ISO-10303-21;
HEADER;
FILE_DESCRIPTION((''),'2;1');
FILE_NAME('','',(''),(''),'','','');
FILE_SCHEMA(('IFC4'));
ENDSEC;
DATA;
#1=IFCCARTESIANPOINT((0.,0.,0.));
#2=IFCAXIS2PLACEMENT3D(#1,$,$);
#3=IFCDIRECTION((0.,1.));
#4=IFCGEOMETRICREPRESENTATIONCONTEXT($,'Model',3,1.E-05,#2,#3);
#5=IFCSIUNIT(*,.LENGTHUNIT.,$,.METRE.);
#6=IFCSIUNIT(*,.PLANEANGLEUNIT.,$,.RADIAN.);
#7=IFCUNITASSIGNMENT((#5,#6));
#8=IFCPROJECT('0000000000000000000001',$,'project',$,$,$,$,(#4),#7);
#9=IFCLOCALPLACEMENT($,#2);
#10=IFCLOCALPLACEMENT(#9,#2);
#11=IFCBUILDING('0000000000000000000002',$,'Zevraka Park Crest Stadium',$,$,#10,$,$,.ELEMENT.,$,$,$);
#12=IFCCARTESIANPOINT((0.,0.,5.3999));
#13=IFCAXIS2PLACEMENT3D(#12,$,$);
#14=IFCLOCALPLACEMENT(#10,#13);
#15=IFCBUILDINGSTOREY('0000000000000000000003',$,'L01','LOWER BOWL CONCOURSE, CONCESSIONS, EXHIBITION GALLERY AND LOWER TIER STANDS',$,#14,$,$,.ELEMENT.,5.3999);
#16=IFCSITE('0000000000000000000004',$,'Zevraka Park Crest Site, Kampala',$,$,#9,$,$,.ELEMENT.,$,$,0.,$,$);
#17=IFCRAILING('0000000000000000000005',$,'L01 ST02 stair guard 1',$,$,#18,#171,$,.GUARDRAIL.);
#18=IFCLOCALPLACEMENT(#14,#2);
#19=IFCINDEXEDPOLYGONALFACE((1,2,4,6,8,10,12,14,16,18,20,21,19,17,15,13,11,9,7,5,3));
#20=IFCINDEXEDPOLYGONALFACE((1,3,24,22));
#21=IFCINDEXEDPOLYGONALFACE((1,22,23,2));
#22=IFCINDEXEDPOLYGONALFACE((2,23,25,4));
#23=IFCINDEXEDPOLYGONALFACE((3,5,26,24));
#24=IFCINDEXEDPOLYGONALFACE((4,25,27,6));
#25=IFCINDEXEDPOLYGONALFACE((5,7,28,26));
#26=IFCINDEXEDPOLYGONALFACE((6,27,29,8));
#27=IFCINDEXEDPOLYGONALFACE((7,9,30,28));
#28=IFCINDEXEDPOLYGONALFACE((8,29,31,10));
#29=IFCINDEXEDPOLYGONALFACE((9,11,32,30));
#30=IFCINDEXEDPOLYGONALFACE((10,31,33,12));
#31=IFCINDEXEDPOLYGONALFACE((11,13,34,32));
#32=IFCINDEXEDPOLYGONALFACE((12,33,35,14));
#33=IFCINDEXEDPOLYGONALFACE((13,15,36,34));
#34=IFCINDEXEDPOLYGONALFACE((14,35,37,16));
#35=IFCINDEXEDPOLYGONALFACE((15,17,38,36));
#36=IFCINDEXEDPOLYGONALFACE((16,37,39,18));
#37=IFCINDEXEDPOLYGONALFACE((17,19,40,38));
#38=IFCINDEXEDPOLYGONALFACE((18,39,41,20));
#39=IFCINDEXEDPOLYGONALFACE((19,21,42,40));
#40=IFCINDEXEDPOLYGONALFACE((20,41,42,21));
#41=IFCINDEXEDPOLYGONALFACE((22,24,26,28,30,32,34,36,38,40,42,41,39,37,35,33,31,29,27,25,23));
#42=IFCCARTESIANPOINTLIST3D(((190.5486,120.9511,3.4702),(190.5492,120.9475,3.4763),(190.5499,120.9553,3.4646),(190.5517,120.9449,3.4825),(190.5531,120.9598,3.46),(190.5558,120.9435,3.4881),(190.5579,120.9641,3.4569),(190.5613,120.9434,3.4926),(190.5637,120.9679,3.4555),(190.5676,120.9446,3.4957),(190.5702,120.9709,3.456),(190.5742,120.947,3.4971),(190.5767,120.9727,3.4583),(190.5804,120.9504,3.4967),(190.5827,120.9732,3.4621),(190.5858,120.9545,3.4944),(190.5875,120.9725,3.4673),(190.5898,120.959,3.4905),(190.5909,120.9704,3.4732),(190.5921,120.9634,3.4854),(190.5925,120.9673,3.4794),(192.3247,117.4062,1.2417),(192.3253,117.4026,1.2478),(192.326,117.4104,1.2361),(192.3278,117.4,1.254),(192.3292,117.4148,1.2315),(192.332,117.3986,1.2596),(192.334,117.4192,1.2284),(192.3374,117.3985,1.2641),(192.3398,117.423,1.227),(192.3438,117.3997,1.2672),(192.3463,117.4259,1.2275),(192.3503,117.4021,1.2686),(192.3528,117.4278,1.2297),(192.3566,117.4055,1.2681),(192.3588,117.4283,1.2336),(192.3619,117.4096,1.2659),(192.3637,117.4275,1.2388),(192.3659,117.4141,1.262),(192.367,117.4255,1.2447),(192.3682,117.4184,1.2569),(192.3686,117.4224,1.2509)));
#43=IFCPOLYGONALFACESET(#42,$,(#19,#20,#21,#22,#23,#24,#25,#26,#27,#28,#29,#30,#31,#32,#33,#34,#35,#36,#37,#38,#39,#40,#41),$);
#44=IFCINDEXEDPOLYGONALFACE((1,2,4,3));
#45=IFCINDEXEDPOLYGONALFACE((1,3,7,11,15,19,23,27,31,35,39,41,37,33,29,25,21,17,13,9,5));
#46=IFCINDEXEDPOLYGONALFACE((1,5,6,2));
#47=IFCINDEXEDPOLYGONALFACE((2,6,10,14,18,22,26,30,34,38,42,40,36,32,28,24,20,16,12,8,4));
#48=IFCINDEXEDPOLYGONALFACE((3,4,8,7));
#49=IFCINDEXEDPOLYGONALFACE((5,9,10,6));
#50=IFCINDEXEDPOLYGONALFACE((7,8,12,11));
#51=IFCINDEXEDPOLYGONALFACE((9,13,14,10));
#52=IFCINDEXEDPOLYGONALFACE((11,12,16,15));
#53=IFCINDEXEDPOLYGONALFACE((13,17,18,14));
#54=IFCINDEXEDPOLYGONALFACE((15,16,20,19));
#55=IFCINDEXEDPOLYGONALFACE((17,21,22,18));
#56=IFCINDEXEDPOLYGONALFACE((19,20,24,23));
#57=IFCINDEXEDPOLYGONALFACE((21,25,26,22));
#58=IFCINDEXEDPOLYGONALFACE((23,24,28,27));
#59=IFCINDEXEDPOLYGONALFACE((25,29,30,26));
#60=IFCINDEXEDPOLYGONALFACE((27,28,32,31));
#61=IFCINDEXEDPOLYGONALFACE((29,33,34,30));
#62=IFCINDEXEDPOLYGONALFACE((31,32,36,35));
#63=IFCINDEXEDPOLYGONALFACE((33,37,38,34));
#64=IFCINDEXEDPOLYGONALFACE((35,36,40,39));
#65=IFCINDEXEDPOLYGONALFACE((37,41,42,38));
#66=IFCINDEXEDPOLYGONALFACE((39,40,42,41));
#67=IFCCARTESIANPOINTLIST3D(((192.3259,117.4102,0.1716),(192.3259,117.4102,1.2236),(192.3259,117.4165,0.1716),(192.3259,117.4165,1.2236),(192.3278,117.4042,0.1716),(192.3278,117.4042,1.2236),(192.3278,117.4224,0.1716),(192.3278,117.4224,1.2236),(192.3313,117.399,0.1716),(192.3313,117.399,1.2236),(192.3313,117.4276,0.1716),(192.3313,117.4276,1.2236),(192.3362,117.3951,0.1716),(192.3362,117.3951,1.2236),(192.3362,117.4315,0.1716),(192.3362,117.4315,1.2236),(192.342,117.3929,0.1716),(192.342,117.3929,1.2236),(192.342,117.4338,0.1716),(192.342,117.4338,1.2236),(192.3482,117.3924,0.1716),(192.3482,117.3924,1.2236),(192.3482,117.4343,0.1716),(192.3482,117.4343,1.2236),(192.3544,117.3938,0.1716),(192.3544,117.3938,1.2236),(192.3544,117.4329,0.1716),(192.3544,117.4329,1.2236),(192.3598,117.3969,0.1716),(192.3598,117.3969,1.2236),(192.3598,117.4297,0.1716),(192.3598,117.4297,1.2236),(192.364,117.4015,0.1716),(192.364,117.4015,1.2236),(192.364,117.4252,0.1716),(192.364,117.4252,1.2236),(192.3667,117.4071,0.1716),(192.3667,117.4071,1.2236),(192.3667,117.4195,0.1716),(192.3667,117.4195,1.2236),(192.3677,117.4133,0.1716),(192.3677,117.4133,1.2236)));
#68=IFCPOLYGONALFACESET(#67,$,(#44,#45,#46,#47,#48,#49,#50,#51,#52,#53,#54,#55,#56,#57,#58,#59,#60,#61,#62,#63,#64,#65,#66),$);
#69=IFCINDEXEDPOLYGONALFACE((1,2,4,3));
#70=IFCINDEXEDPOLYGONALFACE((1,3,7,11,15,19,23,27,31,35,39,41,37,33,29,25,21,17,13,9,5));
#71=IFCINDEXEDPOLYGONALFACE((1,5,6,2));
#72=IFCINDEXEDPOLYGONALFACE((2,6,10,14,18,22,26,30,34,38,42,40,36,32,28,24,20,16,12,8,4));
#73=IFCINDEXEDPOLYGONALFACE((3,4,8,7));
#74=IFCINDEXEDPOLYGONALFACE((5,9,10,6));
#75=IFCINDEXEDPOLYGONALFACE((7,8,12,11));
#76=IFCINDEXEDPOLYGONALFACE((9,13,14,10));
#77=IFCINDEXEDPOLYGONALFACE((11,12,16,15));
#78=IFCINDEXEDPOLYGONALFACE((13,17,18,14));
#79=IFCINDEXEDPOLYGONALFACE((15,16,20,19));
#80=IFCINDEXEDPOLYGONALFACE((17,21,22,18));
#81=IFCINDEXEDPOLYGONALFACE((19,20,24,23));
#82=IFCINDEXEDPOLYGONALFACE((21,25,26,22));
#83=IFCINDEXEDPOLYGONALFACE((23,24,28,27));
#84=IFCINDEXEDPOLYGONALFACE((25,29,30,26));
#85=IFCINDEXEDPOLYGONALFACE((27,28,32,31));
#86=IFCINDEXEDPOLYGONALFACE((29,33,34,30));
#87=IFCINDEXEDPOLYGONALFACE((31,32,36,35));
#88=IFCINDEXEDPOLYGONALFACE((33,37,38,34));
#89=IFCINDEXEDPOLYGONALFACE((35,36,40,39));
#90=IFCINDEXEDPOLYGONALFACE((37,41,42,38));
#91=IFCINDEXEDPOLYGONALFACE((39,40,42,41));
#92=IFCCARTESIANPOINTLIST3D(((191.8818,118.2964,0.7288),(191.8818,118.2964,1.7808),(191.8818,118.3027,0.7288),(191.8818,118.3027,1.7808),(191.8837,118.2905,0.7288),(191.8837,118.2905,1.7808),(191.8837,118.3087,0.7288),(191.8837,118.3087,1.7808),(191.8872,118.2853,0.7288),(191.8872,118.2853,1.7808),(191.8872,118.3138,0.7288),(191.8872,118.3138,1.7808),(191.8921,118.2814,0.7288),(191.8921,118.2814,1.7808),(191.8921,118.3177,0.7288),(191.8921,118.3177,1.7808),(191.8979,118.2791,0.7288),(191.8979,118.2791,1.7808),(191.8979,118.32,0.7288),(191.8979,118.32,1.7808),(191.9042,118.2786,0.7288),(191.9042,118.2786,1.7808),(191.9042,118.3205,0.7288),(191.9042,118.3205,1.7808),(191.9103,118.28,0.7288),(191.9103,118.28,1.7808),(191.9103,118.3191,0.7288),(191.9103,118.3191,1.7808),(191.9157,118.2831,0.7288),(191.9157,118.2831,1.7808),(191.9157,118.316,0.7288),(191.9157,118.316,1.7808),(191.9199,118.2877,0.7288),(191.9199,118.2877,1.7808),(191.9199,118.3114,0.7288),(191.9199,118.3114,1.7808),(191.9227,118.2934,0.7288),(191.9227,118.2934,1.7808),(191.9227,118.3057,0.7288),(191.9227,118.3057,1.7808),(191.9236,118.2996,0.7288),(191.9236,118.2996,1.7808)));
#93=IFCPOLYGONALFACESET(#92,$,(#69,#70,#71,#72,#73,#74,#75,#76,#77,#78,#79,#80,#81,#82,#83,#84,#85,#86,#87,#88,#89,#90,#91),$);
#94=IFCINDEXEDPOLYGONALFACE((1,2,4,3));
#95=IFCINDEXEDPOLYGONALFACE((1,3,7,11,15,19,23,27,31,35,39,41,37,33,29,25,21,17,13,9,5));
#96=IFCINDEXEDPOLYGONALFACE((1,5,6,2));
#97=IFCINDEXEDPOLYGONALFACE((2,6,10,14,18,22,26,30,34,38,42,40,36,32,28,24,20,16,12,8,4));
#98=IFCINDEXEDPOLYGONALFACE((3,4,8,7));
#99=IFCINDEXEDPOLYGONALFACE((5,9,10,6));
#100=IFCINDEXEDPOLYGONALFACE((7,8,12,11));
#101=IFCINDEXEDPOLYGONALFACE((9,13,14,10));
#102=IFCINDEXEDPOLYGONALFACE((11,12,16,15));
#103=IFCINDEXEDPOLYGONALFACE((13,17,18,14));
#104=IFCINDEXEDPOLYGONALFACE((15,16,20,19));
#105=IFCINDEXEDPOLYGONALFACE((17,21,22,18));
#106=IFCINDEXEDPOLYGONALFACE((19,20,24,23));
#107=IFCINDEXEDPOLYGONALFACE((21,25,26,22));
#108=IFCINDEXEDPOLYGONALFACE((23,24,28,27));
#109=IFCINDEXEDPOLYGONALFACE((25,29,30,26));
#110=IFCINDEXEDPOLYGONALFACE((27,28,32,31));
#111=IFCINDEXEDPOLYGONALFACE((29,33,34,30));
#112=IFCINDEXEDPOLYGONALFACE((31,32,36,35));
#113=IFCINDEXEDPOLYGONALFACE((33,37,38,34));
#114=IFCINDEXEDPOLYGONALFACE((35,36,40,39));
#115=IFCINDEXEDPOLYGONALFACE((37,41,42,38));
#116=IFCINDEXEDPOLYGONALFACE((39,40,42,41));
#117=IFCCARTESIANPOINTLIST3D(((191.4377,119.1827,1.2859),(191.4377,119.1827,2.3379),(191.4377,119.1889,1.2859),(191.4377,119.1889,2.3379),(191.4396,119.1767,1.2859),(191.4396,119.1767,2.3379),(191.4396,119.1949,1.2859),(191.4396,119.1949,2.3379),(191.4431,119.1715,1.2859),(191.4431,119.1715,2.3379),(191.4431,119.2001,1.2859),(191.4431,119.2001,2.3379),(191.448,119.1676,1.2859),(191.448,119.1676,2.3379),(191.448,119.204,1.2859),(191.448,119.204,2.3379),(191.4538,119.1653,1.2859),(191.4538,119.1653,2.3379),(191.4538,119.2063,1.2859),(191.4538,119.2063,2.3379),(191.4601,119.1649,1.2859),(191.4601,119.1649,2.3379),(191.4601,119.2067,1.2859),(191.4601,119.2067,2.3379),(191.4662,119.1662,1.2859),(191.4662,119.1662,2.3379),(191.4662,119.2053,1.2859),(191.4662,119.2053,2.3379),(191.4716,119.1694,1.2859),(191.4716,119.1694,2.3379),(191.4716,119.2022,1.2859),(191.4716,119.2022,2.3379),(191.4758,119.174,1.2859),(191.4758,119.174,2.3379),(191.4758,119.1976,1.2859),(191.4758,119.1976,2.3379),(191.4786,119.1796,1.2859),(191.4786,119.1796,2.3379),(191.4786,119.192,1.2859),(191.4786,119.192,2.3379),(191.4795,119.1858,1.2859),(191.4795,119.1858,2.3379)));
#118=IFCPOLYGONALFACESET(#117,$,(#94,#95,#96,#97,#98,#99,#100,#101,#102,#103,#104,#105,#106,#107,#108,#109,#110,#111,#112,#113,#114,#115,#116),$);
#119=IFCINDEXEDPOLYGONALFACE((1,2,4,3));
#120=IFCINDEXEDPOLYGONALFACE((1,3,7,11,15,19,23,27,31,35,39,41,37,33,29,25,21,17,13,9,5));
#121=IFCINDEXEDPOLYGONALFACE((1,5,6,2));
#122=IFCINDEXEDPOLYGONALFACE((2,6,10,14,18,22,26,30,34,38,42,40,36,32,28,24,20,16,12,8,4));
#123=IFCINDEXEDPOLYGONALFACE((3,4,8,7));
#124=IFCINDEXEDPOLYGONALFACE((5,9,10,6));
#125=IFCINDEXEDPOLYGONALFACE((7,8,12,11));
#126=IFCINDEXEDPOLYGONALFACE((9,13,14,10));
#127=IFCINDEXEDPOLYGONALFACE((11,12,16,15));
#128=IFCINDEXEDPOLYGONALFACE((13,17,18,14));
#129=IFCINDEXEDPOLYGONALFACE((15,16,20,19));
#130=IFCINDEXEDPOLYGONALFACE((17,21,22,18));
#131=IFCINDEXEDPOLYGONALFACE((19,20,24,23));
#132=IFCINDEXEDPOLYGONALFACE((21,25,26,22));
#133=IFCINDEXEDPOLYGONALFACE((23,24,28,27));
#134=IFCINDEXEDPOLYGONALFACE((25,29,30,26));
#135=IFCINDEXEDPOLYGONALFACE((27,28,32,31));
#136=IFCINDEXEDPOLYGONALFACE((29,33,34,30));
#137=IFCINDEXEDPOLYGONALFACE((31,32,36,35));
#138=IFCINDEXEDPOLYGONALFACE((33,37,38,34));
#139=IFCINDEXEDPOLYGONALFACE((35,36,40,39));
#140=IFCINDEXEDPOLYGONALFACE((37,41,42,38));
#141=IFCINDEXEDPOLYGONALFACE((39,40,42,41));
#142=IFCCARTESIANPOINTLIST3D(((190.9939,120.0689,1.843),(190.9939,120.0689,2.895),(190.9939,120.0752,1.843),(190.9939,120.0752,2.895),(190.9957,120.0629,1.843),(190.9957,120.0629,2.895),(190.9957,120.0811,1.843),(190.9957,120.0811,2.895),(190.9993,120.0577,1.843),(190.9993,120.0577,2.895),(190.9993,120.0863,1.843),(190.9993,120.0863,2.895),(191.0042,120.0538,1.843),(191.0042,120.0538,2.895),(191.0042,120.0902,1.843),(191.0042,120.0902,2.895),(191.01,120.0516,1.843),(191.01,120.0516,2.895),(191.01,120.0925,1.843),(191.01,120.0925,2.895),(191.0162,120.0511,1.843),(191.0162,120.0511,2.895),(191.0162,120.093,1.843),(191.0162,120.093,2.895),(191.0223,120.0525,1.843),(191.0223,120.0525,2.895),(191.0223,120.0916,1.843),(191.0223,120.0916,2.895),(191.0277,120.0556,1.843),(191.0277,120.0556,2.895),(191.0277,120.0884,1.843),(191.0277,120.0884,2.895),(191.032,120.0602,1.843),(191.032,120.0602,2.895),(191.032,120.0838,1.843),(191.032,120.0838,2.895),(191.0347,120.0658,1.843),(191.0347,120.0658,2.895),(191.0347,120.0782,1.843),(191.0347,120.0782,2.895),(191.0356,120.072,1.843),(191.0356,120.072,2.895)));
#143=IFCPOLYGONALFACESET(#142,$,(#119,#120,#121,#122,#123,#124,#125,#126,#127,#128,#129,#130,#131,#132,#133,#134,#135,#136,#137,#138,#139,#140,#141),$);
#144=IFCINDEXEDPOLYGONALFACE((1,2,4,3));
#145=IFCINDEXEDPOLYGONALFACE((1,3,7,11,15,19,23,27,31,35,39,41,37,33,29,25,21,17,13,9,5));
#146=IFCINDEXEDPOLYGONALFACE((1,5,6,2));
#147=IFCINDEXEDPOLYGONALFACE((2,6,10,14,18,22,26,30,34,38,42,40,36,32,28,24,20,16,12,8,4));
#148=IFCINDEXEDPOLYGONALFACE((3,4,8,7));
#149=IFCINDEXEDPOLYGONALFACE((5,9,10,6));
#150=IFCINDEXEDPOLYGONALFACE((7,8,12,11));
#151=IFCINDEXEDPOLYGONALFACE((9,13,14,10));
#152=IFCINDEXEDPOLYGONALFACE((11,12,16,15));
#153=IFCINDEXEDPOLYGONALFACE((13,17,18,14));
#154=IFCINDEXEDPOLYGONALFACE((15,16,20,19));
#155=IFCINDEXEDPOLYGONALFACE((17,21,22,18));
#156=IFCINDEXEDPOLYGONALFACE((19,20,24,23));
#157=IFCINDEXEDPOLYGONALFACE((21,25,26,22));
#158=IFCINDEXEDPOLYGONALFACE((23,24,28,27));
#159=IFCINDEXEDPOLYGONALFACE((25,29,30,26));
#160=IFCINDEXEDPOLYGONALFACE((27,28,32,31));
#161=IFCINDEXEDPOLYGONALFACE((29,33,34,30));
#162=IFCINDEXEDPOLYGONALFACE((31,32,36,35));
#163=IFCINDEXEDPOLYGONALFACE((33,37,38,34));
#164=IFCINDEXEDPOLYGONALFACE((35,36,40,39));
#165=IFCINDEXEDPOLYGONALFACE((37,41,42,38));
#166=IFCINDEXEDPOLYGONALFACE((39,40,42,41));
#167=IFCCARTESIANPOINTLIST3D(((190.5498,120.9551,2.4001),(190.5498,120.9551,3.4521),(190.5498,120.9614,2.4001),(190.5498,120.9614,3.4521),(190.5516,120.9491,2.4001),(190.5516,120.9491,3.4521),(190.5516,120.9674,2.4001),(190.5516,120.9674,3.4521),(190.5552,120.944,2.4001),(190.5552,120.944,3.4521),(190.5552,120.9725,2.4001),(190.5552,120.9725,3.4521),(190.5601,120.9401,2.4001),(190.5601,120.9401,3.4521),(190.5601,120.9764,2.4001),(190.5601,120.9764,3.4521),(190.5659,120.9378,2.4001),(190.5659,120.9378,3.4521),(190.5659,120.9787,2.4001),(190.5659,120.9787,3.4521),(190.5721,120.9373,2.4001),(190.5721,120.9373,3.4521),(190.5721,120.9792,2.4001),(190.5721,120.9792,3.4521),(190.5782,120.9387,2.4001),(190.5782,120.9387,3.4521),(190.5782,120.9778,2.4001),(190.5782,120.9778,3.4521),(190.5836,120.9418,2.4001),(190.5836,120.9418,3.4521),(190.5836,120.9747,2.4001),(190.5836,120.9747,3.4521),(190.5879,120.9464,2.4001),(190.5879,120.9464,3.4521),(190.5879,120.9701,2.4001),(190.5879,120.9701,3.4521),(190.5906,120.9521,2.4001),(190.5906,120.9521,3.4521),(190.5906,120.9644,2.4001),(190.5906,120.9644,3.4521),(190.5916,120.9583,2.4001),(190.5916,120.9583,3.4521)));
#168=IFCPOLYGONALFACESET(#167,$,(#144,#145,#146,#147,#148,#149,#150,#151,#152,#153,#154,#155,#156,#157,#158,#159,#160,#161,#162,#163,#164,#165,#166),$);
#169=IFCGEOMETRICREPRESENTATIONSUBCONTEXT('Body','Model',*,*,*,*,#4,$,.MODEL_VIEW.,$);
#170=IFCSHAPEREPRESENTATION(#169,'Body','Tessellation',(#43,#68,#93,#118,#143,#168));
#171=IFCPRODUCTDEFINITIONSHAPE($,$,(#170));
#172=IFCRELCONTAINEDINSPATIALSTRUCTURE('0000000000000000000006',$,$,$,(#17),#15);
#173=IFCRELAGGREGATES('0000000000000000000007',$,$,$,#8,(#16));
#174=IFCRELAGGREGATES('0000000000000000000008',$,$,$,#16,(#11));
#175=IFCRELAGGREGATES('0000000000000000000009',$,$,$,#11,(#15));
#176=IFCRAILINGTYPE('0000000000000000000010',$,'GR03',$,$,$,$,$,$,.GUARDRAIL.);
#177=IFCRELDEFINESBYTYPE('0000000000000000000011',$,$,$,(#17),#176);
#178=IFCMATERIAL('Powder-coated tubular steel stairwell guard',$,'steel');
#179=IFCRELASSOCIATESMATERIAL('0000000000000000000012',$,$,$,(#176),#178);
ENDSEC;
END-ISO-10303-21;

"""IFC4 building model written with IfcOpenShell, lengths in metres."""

from ifc_helpers import new_model, si_unit, direction, frame, origin, origin_2d, place, context, subcontext, project, spatial, circle, extrude, material, type_object, element, save


model = new_model("IFC4")

# Units and contexts
model_context = context("Model", 3, precision=1e-05, world=origin(), true_north=direction((0.0, 1.0)))
body_context = subcontext(model_context, "Body", "Model", "MODEL_VIEW")
ifc_project = project(units=[si_unit("LENGTHUNIT", "METRE"), si_unit("PLANEANGLEUNIT", "RADIAN")], contexts=[model_context])

# Site, building, storey
site_placement = place(None, origin())
site = spatial("IfcSite", under=ifc_project, at=site_placement, Name="Zevraka Park Crest Site, Kampala", CompositionType="ELEMENT", RefElevation=0.0)
building_placement = place(site_placement, origin())
building = spatial("IfcBuilding", under=site, at=building_placement, Name="Zevraka Park Crest Stadium", CompositionType="ELEMENT")
storey_placement = place(building_placement, frame((0.0, 0.0, 5.3999)))
storey = spatial("IfcBuildingStorey", under=building, at=storey_placement, Name="L01", Description="LOWER BOWL CONCOURSE, CONCESSIONS, EXHIBITION GALLERY AND LOWER TIER STANDS", CompositionType="ELEMENT", Elevation=5.3999)

# Railing
ifc_material_1 = material(Name="Powder-coated tubular steel stairwell guard", Category="steel")
railing_type_1 = type_object("IfcRailingType", Name="GR03", PredefinedType="GUARDRAIL", material=ifc_material_1)
railing_1_placement = place(storey_placement, frame((192.3467, 117.4133, 0.1716)))
element("IfcRailing", 1, at=railing_1_placement, inside=storey, type_object=railing_type_1, Name="L01 ST02 stair guard 1", PredefinedType="GUARDRAIL", context=body_context, shape_type="SweptSolid", body=[
    extrude(circle(Radius=0.0239, at=origin_2d()), frame((0.0, 0.0, 1.0762), z_axis=(-0.390499, 0.779389, 0.489963), x_axis=(-0.894057, -0.447952, 0.0)), (0.0, 0.0, 1.0), 4.5483),
    extrude(circle(Radius=0.021, at=origin_2d()), origin(), (0.0, 0.0, 1.0), 1.052),
    extrude(circle(Radius=0.021, at=origin_2d()), frame((-0.4441, 0.8862, 0.5571)), (0.0, 0.0, 1.0), 1.052),
    extrude(circle(Radius=0.021, at=origin_2d()), frame((-0.8882, 1.7725, 1.1143)), (0.0, 0.0, 1.0), 1.052),
    extrude(circle(Radius=0.021, at=origin_2d()), frame((-1.332, 2.6587, 1.6714)), (0.0, 0.0, 1.0), 1.052),
    extrude(circle(Radius=0.021, at=origin_2d()), frame((-1.7761, 3.5449, 2.2285)), (0.0, 0.0, 1.0), 1.052),
])

save(model, "model.ifc")
